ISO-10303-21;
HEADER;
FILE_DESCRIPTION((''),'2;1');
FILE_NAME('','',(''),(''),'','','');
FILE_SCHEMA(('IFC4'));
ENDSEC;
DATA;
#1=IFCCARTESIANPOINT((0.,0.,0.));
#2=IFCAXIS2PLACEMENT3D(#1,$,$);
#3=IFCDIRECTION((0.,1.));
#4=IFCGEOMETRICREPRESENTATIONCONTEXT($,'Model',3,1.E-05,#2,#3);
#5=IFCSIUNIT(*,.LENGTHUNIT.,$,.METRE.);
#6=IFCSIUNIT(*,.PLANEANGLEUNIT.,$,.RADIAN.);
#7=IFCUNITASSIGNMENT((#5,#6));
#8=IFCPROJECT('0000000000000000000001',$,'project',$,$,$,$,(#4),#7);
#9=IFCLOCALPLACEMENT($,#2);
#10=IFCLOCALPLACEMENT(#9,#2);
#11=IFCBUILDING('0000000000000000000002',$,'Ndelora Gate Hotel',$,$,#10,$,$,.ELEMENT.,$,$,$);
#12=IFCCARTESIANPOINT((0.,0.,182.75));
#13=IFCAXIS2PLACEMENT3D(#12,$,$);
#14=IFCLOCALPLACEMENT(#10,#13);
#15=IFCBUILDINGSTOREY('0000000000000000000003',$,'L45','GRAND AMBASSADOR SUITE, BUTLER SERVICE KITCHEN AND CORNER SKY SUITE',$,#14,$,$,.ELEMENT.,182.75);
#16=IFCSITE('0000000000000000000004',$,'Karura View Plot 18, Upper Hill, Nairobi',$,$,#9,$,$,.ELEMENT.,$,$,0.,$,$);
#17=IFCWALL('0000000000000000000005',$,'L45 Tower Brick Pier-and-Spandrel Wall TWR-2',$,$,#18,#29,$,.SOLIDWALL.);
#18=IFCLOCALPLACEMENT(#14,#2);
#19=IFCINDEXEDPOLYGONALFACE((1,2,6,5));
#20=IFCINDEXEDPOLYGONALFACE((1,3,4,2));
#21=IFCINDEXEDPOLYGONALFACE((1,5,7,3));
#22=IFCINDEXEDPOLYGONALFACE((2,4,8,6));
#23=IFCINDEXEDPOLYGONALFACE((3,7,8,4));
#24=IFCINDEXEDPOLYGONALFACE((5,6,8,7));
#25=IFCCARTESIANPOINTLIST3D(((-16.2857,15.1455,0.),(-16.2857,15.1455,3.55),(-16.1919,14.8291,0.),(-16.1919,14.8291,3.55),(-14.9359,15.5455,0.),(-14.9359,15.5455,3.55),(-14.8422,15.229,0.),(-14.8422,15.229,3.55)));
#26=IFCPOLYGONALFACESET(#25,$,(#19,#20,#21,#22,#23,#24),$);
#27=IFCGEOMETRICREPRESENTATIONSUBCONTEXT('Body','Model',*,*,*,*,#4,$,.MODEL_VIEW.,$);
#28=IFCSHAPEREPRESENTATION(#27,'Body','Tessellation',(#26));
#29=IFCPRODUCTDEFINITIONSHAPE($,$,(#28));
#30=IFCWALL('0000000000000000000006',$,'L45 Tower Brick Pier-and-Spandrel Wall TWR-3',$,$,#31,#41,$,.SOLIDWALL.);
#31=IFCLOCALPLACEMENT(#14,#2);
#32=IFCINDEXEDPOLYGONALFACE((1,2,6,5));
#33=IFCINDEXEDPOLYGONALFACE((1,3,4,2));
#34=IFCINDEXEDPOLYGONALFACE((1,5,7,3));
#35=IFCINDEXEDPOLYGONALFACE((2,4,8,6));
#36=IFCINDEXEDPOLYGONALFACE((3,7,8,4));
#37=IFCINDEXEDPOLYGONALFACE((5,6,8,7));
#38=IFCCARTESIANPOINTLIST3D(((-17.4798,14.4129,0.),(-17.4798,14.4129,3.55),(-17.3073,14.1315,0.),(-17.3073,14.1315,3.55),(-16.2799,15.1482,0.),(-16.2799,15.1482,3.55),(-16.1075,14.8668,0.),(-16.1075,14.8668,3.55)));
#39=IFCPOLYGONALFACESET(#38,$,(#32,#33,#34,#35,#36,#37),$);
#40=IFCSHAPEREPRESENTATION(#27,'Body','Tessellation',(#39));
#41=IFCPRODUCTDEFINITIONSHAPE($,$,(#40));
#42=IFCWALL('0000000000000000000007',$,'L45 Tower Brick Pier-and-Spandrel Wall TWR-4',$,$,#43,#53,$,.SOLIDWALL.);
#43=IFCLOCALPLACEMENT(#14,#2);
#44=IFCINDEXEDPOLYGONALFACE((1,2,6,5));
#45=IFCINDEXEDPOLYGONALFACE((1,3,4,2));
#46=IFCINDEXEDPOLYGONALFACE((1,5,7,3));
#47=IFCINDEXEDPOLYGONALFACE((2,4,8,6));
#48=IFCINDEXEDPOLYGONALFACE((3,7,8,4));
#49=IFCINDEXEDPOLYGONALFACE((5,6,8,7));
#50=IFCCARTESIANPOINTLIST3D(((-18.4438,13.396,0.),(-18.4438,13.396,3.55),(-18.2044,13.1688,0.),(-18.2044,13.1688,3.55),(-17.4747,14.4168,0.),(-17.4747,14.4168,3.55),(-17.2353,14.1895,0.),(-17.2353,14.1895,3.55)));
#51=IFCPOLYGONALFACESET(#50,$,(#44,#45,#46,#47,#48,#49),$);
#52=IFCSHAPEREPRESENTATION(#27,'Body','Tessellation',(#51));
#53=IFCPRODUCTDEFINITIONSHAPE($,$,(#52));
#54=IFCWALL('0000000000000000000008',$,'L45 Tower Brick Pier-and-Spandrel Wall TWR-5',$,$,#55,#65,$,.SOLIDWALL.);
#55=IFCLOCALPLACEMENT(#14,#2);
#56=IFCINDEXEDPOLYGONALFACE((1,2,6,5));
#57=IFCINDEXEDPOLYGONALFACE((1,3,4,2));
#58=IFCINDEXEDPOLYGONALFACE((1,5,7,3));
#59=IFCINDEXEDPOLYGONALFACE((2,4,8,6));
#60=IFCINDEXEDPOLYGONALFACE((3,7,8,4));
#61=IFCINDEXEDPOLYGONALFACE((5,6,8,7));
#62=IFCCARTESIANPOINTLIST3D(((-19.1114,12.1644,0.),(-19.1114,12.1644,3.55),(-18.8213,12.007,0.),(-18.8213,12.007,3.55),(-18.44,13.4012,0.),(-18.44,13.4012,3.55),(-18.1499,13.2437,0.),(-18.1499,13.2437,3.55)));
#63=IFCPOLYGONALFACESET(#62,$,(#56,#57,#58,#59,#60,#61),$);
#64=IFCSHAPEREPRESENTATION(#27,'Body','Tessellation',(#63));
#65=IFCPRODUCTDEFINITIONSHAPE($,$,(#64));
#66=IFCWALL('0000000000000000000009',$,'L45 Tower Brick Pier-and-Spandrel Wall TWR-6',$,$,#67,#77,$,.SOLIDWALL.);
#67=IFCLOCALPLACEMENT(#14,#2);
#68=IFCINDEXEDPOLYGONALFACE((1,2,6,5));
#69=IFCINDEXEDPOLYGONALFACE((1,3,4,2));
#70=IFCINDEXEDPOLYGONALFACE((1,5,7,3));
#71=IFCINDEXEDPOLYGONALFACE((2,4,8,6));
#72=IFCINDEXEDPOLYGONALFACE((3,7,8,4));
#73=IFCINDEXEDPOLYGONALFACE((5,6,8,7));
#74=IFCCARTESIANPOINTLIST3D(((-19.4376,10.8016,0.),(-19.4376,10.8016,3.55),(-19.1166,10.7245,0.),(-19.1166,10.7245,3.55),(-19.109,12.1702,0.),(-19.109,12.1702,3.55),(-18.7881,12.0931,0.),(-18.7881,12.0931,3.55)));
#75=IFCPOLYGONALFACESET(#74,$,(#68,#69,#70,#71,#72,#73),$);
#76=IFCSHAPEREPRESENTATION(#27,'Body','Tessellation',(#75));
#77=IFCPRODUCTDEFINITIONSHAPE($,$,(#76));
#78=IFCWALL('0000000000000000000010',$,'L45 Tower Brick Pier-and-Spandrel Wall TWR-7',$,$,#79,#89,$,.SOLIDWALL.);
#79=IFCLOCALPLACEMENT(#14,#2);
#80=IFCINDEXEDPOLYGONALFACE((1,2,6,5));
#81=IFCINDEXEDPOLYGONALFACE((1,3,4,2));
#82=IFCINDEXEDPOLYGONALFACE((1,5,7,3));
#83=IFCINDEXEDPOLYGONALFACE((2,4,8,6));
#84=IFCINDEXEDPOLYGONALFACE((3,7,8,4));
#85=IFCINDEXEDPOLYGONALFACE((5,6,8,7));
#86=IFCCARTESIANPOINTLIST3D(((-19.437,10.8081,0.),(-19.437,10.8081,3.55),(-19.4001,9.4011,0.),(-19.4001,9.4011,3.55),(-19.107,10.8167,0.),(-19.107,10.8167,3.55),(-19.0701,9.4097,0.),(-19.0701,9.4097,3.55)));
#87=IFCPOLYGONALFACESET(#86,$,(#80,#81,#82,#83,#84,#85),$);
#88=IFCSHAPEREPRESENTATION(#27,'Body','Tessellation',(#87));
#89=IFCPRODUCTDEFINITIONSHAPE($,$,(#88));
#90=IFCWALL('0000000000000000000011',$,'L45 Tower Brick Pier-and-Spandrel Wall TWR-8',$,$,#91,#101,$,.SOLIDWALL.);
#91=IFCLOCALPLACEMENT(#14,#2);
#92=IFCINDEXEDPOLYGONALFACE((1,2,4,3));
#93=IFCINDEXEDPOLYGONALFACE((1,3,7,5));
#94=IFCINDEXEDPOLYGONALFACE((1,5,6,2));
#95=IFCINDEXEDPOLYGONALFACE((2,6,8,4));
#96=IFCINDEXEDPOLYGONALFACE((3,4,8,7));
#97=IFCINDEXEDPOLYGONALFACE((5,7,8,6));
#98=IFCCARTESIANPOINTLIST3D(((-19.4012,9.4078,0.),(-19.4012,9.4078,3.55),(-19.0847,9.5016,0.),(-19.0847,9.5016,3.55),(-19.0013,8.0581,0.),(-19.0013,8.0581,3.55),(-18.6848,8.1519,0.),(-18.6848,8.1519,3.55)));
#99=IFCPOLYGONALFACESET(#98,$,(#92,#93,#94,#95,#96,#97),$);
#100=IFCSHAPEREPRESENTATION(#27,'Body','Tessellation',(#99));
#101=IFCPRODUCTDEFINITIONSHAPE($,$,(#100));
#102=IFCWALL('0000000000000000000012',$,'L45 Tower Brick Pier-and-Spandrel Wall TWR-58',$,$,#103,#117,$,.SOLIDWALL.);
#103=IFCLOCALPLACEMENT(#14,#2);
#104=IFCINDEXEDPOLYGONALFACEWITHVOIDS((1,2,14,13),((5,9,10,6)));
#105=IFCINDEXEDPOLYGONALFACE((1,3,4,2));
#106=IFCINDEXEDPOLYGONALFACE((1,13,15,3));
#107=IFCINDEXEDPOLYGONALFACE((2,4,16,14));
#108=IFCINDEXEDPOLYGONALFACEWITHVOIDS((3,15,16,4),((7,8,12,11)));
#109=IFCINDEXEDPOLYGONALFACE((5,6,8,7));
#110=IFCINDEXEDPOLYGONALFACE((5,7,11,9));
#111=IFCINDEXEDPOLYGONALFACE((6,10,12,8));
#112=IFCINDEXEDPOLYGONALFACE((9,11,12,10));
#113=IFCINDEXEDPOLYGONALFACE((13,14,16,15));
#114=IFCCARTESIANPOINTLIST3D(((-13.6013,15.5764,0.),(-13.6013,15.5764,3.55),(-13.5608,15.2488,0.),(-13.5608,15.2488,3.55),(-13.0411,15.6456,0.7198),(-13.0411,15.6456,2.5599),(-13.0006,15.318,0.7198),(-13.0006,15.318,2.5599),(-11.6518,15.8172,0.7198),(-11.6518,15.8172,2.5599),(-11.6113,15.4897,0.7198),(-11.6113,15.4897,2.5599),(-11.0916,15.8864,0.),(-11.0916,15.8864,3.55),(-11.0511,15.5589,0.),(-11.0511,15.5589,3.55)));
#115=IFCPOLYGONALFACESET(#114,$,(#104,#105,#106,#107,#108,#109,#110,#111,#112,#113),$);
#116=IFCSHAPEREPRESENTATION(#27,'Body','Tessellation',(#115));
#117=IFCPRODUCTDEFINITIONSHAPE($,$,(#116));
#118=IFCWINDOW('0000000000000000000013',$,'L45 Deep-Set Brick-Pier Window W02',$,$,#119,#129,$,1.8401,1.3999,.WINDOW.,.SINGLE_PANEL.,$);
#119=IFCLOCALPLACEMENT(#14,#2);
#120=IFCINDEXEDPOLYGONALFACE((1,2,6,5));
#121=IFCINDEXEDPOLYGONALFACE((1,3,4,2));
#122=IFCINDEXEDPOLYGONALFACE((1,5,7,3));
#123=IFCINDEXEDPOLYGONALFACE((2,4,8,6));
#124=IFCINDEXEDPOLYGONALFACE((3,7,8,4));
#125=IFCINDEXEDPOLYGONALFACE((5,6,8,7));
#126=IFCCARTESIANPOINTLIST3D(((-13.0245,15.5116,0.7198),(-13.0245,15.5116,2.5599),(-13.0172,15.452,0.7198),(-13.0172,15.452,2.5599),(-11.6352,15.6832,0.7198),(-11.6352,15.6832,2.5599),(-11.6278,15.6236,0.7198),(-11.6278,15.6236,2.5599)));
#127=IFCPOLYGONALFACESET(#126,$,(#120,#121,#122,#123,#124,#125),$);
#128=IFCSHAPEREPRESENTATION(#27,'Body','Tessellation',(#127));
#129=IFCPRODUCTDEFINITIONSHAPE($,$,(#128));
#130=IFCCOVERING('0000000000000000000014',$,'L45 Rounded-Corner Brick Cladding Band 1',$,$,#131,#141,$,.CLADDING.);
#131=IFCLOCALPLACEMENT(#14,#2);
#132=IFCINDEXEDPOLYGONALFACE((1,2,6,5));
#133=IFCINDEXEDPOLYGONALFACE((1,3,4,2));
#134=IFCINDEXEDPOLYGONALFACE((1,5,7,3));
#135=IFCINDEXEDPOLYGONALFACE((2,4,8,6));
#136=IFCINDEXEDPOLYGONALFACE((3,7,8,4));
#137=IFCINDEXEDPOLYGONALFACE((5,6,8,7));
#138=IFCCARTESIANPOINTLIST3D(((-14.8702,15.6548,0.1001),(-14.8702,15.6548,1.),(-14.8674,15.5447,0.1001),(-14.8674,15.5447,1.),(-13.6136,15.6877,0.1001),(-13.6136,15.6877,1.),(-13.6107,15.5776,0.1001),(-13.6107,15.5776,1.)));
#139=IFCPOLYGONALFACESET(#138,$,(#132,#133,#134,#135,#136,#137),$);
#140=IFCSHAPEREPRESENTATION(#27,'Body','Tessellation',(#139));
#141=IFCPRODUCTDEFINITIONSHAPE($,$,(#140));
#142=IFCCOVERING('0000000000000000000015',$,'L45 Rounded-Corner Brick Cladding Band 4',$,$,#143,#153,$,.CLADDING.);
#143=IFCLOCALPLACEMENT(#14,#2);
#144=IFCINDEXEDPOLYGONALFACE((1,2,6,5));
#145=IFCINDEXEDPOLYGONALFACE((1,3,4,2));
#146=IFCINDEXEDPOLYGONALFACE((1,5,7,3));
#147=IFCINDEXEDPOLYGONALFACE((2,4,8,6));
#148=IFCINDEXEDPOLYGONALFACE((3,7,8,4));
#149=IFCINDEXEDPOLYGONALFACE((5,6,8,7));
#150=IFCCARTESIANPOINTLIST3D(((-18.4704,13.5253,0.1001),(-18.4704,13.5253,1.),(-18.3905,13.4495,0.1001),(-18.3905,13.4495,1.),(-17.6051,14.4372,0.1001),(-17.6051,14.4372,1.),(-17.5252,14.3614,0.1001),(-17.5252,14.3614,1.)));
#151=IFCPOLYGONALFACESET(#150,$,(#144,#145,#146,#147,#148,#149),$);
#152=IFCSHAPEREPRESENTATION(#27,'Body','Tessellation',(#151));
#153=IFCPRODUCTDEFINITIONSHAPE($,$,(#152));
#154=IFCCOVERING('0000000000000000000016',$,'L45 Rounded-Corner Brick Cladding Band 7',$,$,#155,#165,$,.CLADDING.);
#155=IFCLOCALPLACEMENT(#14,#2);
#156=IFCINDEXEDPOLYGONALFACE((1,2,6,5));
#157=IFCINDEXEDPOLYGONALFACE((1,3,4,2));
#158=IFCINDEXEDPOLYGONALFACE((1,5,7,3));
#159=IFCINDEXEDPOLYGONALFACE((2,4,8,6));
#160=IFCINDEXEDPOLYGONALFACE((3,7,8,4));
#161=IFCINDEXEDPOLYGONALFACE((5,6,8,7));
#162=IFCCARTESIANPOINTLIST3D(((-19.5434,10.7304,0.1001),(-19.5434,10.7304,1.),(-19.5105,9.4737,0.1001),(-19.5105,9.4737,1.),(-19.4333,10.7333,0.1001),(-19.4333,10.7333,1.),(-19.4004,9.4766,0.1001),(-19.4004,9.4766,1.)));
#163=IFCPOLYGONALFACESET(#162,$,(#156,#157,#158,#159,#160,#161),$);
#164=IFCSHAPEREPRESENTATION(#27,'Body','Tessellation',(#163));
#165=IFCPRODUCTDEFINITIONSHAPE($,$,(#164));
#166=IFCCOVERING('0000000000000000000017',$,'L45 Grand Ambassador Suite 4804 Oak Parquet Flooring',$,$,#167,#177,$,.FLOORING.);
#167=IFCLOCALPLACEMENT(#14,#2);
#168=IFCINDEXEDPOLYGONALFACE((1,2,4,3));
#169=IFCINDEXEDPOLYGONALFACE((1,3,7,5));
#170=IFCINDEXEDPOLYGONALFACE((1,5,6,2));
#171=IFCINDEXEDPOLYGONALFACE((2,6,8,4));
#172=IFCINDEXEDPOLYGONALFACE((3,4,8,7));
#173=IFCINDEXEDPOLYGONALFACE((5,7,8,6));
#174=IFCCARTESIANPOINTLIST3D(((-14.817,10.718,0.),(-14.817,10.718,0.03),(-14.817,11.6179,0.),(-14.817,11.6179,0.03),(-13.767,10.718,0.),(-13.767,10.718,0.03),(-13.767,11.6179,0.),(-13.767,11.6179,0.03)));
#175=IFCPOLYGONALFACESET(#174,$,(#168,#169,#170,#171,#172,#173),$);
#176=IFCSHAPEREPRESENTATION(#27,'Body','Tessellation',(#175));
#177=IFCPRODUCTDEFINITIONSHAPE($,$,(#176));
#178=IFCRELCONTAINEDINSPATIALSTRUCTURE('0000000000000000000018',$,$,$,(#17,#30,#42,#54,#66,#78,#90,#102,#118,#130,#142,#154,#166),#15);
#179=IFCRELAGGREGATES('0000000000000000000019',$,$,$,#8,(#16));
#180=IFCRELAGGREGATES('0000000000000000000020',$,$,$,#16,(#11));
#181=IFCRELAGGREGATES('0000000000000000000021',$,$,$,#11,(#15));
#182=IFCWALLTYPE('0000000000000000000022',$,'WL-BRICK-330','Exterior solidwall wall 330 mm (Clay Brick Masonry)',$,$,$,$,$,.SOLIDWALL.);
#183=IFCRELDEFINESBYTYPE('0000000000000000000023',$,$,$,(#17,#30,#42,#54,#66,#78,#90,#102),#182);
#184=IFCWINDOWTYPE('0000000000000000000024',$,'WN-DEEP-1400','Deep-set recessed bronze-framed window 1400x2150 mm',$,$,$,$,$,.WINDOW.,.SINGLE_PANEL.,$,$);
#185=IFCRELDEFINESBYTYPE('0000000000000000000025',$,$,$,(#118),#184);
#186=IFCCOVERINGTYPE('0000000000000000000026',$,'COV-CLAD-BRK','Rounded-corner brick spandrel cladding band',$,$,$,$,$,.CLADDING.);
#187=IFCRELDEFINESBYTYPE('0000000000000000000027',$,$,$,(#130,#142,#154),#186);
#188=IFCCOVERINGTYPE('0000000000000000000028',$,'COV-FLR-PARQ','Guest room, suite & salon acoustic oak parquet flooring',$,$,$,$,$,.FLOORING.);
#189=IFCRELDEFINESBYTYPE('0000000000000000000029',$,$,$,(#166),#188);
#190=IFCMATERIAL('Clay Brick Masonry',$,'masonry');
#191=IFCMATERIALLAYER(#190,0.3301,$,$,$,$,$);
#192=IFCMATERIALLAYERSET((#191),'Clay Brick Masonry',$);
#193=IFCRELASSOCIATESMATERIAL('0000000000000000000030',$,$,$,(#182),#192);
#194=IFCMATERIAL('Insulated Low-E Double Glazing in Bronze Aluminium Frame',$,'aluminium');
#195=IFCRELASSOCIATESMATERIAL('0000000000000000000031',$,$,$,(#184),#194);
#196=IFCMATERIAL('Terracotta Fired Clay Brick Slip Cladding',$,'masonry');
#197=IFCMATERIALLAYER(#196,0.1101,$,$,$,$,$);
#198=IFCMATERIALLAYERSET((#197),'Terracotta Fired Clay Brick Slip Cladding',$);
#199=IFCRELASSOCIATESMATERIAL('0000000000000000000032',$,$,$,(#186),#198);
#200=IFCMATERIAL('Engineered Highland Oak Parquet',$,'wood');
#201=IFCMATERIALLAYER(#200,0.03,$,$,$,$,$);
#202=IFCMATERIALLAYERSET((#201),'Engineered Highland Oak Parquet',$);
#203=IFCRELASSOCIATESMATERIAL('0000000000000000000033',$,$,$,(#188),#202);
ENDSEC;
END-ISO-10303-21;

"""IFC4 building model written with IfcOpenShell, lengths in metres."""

from ifc_helpers import new_model, si_unit, direction, frame, frame_2d, origin, origin_2d, place, context, subcontext, project, spatial, rectangle, extrude, material, layer, layer_set, type_object, element, fill, save


model = new_model("IFC4")

# Units and contexts
model_context = context("Model", 3, precision=1e-05, world=origin(), true_north=direction((0.0, 1.0)))
body_context = subcontext(model_context, "Body", "Model", "MODEL_VIEW")
ifc_project = project(units=[si_unit("LENGTHUNIT", "METRE"), si_unit("PLANEANGLEUNIT", "RADIAN")], contexts=[model_context])

# Site, building, storey
site_placement = place(None, origin())
site = spatial("IfcSite", under=ifc_project, at=site_placement, Name="Karura View Plot 18, Upper Hill, Nairobi", CompositionType="ELEMENT", RefElevation=0.0)
building_placement = place(site_placement, origin())
building = spatial("IfcBuilding", under=site, at=building_placement, Name="Ndelora Gate Hotel", CompositionType="ELEMENT")
storey_placement = place(building_placement, frame((0.0, 0.0, 182.75)))
storey = spatial("IfcBuildingStorey", under=building, at=storey_placement, Name="L45", Description="GRAND AMBASSADOR SUITE, BUTLER SERVICE KITCHEN AND CORNER SKY SUITE", CompositionType="ELEMENT", Elevation=182.75)

# Walls
ifc_material_1 = material(Name="Clay Brick Masonry", Category="masonry")
ifc_layer_1 = layer(ifc_material_1, 0.3301)
ifc_layer_set_1 = layer_set([ifc_layer_1], Name="Clay Brick Masonry")
wall_type = type_object("IfcWallType", Name="WL-BRICK-330", Description="Exterior solidwall wall 330 mm (Clay Brick Masonry)", PredefinedType="SOLIDWALL", material=ifc_layer_set_1)
wall_1_placement = place(storey_placement, frame((-16.2388, 14.9873, 0.0), z_axis=(0.0, 0.0, 1.0), x_axis=(0.958795, 0.2841, 0.0)))
element("IfcWall", 1, at=wall_1_placement, inside=storey, type_object=wall_type, Name="L45 Tower Brick Pier-and-Spandrel Wall TWR-2", PredefinedType="SOLIDWALL", context=body_context, shape_type="SweptSolid", body=[
    extrude(rectangle(XDim=1.4077, YDim=0.3301, at=frame_2d((0.7039, 0.0))), origin(), (0.0, 0.0, 1.0), 3.55),
])
wall_2_placement = place(storey_placement, frame((-17.3936, 14.2722, 0.0), z_axis=(0.0, 0.0, 1.0), x_axis=(0.852634, 0.522509, 0.0)))
element("IfcWall", 2, at=wall_2_placement, inside=storey, type_object=wall_type, Name="L45 Tower Brick Pier-and-Spandrel Wall TWR-3", PredefinedType="SOLIDWALL", context=body_context, shape_type="SweptSolid", body=[
    extrude(rectangle(XDim=1.4072, YDim=0.3301, at=frame_2d((0.7036, 0.0))), origin(), (0.0, 0.0, 1.0), 3.55),
])
wall_3_placement = place(storey_placement, frame((-18.324, 13.2825, 0.0), z_axis=(0.0, 0.0, 1.0), x_axis=(0.68848, 0.725255, 0.0)))
element("IfcWall", 3, at=wall_3_placement, inside=storey, type_object=wall_type, Name="L45 Tower Brick Pier-and-Spandrel Wall TWR-4", PredefinedType="SOLIDWALL", context=body_context, shape_type="SweptSolid", body=[
    extrude(rectangle(XDim=1.4075, YDim=0.3301, at=frame_2d((0.7036, 0.0))), origin(), (0.0, 0.0, 1.0), 3.55),
])
wall_4_placement = place(storey_placement, frame((-18.9663, 12.0857, 0.0), z_axis=(0.0, 0.0, 1.0), x_axis=(0.477077, 0.878862, 0.0)))
element("IfcWall", 4, at=wall_4_placement, inside=storey, type_object=wall_type, Name="L45 Tower Brick Pier-and-Spandrel Wall TWR-5", PredefinedType="SOLIDWALL", context=body_context, shape_type="SweptSolid", body=[
    extrude(rectangle(XDim=1.4072, YDim=0.3301, at=frame_2d((0.7036, 0.0))), origin(), (0.0, 0.0, 1.0), 3.55),
])
for number, where, z_axis, x_axis, name in (
    (5, (-19.2771, 10.7632, 0.0), (0.0, 0.0, 1.0), (0.233465, 0.972365, 0.0), "L45 Tower Brick Pier-and-Spandrel Wall TWR-6"),
    (6, (-19.2351, 9.4055, 0.0), (0.0, 0.0, 1.0), (-0.026193, 0.999657, 0.0), "L45 Tower Brick Pier-and-Spandrel Wall TWR-7"),
):
    element("IfcWall", number, at=place(storey_placement, frame(where, z_axis=z_axis, x_axis=x_axis)), inside=storey, type_object=wall_type, Name=name, PredefinedType="SOLIDWALL", context=body_context, shape_type="SweptSolid", body=[
        extrude(rectangle(XDim=1.4075, YDim=0.3301, at=frame_2d((0.7036, 0.0))), origin(), (0.0, 0.0, 1.0), 3.55),
    ])
wall_5_placement = place(storey_placement, frame((-18.843, 8.105, 0.0), z_axis=(0.0, 0.0, 1.0), x_axis=(-0.2841, 0.958795, 0.0)))
element("IfcWall", 7, at=wall_5_placement, inside=storey, type_object=wall_type, Name="L45 Tower Brick Pier-and-Spandrel Wall TWR-8", PredefinedType="SOLIDWALL", context=body_context, shape_type="SweptSolid", body=[
    extrude(rectangle(XDim=1.4077, YDim=0.3301, at=frame_2d((0.7039, 0.0))), origin(), (0.0, 0.0, 1.0), 3.55),
])

# Wall, opening, window
wall_6_placement = place(storey_placement, frame((-13.5811, 15.4126, 0.0), z_axis=(0.0, 0.0, 1.0), x_axis=(0.992455, 0.122609, 0.0)))
wall_6 = element("IfcWall", 8, at=wall_6_placement, inside=storey, type_object=wall_type, Name="L45 Tower Brick Pier-and-Spandrel Wall TWR-58", PredefinedType="SOLIDWALL", context=body_context, shape_type="SweptSolid", body=[
    extrude(rectangle(XDim=2.5288, YDim=0.3301, at=frame_2d((1.2644, 0.0))), origin(), (0.0, 0.0, 1.0), 3.55),
])
opening_placement = place(wall_6_placement, frame((0.5645, 0.0, 0.72)))
opening = element("IfcOpeningElement", 9, at=opening_placement, cuts=wall_6, PredefinedType="OPENING", context=body_context, shape_type="SweptSolid", body=[
    extrude(rectangle(XDim=1.3999, YDim=1.8401, at=frame_2d((0.7, 0.9199))), frame((0.0, 0.175, 0.0), z_axis=(0.0, -1.0, 0.0), x_axis=(1.0, 0.0, 0.0)), (0.0, 0.0, 1.0), 0.3501),
])
ifc_material_2 = material(Name="Insulated Low-E Double Glazing in Bronze Aluminium Frame", Category="aluminium")
window_type = type_object("IfcWindowType", Name="WN-DEEP-1400", Description="Deep-set recessed bronze-framed window 1400x2150 mm", PartitioningType="SINGLE_PANEL", PredefinedType="WINDOW", material=ifc_material_2)
window_placement = place(opening_placement, origin())
window = element("IfcWindow", 10, at=window_placement, inside=storey, type_object=window_type, Name="L45 Deep-Set Brick-Pier Window W02", OverallHeight=1.8401, OverallWidth=1.3999, PartitioningType="SINGLE_PANEL", PredefinedType="WINDOW", context=body_context, shape_type="SweptSolid", body=[
    extrude(rectangle(XDim=1.3999, YDim=1.8401, at=frame_2d((0.7, 0.9199))), frame((0.0, 0.03, 0.0), z_axis=(0.0, -1.0, 0.0), x_axis=(1.0, 0.0, 0.0)), (0.0, 0.0, 1.0), 0.0601),
])
fill(opening, window)

# Coverings
ifc_material_3 = material(Name="Terracotta Fired Clay Brick Slip Cladding", Category="masonry")
ifc_layer_2 = layer(ifc_material_3, 0.1101)
ifc_layer_set_2 = layer_set([ifc_layer_2], Name="Terracotta Fired Clay Brick Slip Cladding")
covering_type_1 = type_object("IfcCoveringType", Name="COV-CLAD-BRK", Description="Rounded-corner brick spandrel cladding band", PredefinedType="CLADDING", material=ifc_layer_set_2)
for number, where, z_axis, x_axis, name in (
    (11, (-14.2405, 15.6162, 0.1001), (0.0, 0.0, 1.0), (0.999657, 0.026177, 0.0), "L45 Rounded-Corner Brick Cladding Band 1"),
    (12, (-17.9978, 13.9434, 0.1001), (0.0, 0.0, 1.0), (0.688355, 0.725374, 0.0), "L45 Rounded-Corner Brick Cladding Band 4"),
    (13, (-19.4719, 10.1035, 0.1001), (0.0, 0.0, 1.0), (-0.026177, 0.999657, 0.0), "L45 Rounded-Corner Brick Cladding Band 7"),
):
    element("IfcCovering", number, at=place(storey_placement, frame(where, z_axis=z_axis, x_axis=x_axis)), inside=storey, type_object=covering_type_1, Name=name, PredefinedType="CLADDING", context=body_context, shape_type="SweptSolid", body=[
        extrude(rectangle(XDim=1.2571, YDim=0.1101, at=origin_2d()), origin(), (0.0, 0.0, 1.0), 0.8999),
    ])
ifc_material_4 = material(Name="Engineered Highland Oak Parquet", Category="wood")
ifc_layer_3 = layer(ifc_material_4, 0.03)
ifc_layer_set_3 = layer_set([ifc_layer_3], Name="Engineered Highland Oak Parquet")
covering_type_2 = type_object("IfcCoveringType", Name="COV-FLR-PARQ", Description="Guest room, suite & salon acoustic oak parquet flooring", PredefinedType="FLOORING", material=ifc_layer_set_3)
covering_placement = place(storey_placement, frame((-14.292, 11.168, 0.0), z_axis=(0.0, 0.0, 1.0), x_axis=(1.0, 0.0, 0.0)))
element("IfcCovering", 14, at=covering_placement, inside=storey, type_object=covering_type_2, Name="L45 Grand Ambassador Suite 4804 Oak Parquet Flooring", PredefinedType="FLOORING", context=body_context, shape_type="SweptSolid", body=[
    extrude(rectangle(XDim=1.05, YDim=0.8999, at=origin_2d()), origin(), (0.0, 0.0, 1.0), 0.03),
])

save(model, "model.ifc")
